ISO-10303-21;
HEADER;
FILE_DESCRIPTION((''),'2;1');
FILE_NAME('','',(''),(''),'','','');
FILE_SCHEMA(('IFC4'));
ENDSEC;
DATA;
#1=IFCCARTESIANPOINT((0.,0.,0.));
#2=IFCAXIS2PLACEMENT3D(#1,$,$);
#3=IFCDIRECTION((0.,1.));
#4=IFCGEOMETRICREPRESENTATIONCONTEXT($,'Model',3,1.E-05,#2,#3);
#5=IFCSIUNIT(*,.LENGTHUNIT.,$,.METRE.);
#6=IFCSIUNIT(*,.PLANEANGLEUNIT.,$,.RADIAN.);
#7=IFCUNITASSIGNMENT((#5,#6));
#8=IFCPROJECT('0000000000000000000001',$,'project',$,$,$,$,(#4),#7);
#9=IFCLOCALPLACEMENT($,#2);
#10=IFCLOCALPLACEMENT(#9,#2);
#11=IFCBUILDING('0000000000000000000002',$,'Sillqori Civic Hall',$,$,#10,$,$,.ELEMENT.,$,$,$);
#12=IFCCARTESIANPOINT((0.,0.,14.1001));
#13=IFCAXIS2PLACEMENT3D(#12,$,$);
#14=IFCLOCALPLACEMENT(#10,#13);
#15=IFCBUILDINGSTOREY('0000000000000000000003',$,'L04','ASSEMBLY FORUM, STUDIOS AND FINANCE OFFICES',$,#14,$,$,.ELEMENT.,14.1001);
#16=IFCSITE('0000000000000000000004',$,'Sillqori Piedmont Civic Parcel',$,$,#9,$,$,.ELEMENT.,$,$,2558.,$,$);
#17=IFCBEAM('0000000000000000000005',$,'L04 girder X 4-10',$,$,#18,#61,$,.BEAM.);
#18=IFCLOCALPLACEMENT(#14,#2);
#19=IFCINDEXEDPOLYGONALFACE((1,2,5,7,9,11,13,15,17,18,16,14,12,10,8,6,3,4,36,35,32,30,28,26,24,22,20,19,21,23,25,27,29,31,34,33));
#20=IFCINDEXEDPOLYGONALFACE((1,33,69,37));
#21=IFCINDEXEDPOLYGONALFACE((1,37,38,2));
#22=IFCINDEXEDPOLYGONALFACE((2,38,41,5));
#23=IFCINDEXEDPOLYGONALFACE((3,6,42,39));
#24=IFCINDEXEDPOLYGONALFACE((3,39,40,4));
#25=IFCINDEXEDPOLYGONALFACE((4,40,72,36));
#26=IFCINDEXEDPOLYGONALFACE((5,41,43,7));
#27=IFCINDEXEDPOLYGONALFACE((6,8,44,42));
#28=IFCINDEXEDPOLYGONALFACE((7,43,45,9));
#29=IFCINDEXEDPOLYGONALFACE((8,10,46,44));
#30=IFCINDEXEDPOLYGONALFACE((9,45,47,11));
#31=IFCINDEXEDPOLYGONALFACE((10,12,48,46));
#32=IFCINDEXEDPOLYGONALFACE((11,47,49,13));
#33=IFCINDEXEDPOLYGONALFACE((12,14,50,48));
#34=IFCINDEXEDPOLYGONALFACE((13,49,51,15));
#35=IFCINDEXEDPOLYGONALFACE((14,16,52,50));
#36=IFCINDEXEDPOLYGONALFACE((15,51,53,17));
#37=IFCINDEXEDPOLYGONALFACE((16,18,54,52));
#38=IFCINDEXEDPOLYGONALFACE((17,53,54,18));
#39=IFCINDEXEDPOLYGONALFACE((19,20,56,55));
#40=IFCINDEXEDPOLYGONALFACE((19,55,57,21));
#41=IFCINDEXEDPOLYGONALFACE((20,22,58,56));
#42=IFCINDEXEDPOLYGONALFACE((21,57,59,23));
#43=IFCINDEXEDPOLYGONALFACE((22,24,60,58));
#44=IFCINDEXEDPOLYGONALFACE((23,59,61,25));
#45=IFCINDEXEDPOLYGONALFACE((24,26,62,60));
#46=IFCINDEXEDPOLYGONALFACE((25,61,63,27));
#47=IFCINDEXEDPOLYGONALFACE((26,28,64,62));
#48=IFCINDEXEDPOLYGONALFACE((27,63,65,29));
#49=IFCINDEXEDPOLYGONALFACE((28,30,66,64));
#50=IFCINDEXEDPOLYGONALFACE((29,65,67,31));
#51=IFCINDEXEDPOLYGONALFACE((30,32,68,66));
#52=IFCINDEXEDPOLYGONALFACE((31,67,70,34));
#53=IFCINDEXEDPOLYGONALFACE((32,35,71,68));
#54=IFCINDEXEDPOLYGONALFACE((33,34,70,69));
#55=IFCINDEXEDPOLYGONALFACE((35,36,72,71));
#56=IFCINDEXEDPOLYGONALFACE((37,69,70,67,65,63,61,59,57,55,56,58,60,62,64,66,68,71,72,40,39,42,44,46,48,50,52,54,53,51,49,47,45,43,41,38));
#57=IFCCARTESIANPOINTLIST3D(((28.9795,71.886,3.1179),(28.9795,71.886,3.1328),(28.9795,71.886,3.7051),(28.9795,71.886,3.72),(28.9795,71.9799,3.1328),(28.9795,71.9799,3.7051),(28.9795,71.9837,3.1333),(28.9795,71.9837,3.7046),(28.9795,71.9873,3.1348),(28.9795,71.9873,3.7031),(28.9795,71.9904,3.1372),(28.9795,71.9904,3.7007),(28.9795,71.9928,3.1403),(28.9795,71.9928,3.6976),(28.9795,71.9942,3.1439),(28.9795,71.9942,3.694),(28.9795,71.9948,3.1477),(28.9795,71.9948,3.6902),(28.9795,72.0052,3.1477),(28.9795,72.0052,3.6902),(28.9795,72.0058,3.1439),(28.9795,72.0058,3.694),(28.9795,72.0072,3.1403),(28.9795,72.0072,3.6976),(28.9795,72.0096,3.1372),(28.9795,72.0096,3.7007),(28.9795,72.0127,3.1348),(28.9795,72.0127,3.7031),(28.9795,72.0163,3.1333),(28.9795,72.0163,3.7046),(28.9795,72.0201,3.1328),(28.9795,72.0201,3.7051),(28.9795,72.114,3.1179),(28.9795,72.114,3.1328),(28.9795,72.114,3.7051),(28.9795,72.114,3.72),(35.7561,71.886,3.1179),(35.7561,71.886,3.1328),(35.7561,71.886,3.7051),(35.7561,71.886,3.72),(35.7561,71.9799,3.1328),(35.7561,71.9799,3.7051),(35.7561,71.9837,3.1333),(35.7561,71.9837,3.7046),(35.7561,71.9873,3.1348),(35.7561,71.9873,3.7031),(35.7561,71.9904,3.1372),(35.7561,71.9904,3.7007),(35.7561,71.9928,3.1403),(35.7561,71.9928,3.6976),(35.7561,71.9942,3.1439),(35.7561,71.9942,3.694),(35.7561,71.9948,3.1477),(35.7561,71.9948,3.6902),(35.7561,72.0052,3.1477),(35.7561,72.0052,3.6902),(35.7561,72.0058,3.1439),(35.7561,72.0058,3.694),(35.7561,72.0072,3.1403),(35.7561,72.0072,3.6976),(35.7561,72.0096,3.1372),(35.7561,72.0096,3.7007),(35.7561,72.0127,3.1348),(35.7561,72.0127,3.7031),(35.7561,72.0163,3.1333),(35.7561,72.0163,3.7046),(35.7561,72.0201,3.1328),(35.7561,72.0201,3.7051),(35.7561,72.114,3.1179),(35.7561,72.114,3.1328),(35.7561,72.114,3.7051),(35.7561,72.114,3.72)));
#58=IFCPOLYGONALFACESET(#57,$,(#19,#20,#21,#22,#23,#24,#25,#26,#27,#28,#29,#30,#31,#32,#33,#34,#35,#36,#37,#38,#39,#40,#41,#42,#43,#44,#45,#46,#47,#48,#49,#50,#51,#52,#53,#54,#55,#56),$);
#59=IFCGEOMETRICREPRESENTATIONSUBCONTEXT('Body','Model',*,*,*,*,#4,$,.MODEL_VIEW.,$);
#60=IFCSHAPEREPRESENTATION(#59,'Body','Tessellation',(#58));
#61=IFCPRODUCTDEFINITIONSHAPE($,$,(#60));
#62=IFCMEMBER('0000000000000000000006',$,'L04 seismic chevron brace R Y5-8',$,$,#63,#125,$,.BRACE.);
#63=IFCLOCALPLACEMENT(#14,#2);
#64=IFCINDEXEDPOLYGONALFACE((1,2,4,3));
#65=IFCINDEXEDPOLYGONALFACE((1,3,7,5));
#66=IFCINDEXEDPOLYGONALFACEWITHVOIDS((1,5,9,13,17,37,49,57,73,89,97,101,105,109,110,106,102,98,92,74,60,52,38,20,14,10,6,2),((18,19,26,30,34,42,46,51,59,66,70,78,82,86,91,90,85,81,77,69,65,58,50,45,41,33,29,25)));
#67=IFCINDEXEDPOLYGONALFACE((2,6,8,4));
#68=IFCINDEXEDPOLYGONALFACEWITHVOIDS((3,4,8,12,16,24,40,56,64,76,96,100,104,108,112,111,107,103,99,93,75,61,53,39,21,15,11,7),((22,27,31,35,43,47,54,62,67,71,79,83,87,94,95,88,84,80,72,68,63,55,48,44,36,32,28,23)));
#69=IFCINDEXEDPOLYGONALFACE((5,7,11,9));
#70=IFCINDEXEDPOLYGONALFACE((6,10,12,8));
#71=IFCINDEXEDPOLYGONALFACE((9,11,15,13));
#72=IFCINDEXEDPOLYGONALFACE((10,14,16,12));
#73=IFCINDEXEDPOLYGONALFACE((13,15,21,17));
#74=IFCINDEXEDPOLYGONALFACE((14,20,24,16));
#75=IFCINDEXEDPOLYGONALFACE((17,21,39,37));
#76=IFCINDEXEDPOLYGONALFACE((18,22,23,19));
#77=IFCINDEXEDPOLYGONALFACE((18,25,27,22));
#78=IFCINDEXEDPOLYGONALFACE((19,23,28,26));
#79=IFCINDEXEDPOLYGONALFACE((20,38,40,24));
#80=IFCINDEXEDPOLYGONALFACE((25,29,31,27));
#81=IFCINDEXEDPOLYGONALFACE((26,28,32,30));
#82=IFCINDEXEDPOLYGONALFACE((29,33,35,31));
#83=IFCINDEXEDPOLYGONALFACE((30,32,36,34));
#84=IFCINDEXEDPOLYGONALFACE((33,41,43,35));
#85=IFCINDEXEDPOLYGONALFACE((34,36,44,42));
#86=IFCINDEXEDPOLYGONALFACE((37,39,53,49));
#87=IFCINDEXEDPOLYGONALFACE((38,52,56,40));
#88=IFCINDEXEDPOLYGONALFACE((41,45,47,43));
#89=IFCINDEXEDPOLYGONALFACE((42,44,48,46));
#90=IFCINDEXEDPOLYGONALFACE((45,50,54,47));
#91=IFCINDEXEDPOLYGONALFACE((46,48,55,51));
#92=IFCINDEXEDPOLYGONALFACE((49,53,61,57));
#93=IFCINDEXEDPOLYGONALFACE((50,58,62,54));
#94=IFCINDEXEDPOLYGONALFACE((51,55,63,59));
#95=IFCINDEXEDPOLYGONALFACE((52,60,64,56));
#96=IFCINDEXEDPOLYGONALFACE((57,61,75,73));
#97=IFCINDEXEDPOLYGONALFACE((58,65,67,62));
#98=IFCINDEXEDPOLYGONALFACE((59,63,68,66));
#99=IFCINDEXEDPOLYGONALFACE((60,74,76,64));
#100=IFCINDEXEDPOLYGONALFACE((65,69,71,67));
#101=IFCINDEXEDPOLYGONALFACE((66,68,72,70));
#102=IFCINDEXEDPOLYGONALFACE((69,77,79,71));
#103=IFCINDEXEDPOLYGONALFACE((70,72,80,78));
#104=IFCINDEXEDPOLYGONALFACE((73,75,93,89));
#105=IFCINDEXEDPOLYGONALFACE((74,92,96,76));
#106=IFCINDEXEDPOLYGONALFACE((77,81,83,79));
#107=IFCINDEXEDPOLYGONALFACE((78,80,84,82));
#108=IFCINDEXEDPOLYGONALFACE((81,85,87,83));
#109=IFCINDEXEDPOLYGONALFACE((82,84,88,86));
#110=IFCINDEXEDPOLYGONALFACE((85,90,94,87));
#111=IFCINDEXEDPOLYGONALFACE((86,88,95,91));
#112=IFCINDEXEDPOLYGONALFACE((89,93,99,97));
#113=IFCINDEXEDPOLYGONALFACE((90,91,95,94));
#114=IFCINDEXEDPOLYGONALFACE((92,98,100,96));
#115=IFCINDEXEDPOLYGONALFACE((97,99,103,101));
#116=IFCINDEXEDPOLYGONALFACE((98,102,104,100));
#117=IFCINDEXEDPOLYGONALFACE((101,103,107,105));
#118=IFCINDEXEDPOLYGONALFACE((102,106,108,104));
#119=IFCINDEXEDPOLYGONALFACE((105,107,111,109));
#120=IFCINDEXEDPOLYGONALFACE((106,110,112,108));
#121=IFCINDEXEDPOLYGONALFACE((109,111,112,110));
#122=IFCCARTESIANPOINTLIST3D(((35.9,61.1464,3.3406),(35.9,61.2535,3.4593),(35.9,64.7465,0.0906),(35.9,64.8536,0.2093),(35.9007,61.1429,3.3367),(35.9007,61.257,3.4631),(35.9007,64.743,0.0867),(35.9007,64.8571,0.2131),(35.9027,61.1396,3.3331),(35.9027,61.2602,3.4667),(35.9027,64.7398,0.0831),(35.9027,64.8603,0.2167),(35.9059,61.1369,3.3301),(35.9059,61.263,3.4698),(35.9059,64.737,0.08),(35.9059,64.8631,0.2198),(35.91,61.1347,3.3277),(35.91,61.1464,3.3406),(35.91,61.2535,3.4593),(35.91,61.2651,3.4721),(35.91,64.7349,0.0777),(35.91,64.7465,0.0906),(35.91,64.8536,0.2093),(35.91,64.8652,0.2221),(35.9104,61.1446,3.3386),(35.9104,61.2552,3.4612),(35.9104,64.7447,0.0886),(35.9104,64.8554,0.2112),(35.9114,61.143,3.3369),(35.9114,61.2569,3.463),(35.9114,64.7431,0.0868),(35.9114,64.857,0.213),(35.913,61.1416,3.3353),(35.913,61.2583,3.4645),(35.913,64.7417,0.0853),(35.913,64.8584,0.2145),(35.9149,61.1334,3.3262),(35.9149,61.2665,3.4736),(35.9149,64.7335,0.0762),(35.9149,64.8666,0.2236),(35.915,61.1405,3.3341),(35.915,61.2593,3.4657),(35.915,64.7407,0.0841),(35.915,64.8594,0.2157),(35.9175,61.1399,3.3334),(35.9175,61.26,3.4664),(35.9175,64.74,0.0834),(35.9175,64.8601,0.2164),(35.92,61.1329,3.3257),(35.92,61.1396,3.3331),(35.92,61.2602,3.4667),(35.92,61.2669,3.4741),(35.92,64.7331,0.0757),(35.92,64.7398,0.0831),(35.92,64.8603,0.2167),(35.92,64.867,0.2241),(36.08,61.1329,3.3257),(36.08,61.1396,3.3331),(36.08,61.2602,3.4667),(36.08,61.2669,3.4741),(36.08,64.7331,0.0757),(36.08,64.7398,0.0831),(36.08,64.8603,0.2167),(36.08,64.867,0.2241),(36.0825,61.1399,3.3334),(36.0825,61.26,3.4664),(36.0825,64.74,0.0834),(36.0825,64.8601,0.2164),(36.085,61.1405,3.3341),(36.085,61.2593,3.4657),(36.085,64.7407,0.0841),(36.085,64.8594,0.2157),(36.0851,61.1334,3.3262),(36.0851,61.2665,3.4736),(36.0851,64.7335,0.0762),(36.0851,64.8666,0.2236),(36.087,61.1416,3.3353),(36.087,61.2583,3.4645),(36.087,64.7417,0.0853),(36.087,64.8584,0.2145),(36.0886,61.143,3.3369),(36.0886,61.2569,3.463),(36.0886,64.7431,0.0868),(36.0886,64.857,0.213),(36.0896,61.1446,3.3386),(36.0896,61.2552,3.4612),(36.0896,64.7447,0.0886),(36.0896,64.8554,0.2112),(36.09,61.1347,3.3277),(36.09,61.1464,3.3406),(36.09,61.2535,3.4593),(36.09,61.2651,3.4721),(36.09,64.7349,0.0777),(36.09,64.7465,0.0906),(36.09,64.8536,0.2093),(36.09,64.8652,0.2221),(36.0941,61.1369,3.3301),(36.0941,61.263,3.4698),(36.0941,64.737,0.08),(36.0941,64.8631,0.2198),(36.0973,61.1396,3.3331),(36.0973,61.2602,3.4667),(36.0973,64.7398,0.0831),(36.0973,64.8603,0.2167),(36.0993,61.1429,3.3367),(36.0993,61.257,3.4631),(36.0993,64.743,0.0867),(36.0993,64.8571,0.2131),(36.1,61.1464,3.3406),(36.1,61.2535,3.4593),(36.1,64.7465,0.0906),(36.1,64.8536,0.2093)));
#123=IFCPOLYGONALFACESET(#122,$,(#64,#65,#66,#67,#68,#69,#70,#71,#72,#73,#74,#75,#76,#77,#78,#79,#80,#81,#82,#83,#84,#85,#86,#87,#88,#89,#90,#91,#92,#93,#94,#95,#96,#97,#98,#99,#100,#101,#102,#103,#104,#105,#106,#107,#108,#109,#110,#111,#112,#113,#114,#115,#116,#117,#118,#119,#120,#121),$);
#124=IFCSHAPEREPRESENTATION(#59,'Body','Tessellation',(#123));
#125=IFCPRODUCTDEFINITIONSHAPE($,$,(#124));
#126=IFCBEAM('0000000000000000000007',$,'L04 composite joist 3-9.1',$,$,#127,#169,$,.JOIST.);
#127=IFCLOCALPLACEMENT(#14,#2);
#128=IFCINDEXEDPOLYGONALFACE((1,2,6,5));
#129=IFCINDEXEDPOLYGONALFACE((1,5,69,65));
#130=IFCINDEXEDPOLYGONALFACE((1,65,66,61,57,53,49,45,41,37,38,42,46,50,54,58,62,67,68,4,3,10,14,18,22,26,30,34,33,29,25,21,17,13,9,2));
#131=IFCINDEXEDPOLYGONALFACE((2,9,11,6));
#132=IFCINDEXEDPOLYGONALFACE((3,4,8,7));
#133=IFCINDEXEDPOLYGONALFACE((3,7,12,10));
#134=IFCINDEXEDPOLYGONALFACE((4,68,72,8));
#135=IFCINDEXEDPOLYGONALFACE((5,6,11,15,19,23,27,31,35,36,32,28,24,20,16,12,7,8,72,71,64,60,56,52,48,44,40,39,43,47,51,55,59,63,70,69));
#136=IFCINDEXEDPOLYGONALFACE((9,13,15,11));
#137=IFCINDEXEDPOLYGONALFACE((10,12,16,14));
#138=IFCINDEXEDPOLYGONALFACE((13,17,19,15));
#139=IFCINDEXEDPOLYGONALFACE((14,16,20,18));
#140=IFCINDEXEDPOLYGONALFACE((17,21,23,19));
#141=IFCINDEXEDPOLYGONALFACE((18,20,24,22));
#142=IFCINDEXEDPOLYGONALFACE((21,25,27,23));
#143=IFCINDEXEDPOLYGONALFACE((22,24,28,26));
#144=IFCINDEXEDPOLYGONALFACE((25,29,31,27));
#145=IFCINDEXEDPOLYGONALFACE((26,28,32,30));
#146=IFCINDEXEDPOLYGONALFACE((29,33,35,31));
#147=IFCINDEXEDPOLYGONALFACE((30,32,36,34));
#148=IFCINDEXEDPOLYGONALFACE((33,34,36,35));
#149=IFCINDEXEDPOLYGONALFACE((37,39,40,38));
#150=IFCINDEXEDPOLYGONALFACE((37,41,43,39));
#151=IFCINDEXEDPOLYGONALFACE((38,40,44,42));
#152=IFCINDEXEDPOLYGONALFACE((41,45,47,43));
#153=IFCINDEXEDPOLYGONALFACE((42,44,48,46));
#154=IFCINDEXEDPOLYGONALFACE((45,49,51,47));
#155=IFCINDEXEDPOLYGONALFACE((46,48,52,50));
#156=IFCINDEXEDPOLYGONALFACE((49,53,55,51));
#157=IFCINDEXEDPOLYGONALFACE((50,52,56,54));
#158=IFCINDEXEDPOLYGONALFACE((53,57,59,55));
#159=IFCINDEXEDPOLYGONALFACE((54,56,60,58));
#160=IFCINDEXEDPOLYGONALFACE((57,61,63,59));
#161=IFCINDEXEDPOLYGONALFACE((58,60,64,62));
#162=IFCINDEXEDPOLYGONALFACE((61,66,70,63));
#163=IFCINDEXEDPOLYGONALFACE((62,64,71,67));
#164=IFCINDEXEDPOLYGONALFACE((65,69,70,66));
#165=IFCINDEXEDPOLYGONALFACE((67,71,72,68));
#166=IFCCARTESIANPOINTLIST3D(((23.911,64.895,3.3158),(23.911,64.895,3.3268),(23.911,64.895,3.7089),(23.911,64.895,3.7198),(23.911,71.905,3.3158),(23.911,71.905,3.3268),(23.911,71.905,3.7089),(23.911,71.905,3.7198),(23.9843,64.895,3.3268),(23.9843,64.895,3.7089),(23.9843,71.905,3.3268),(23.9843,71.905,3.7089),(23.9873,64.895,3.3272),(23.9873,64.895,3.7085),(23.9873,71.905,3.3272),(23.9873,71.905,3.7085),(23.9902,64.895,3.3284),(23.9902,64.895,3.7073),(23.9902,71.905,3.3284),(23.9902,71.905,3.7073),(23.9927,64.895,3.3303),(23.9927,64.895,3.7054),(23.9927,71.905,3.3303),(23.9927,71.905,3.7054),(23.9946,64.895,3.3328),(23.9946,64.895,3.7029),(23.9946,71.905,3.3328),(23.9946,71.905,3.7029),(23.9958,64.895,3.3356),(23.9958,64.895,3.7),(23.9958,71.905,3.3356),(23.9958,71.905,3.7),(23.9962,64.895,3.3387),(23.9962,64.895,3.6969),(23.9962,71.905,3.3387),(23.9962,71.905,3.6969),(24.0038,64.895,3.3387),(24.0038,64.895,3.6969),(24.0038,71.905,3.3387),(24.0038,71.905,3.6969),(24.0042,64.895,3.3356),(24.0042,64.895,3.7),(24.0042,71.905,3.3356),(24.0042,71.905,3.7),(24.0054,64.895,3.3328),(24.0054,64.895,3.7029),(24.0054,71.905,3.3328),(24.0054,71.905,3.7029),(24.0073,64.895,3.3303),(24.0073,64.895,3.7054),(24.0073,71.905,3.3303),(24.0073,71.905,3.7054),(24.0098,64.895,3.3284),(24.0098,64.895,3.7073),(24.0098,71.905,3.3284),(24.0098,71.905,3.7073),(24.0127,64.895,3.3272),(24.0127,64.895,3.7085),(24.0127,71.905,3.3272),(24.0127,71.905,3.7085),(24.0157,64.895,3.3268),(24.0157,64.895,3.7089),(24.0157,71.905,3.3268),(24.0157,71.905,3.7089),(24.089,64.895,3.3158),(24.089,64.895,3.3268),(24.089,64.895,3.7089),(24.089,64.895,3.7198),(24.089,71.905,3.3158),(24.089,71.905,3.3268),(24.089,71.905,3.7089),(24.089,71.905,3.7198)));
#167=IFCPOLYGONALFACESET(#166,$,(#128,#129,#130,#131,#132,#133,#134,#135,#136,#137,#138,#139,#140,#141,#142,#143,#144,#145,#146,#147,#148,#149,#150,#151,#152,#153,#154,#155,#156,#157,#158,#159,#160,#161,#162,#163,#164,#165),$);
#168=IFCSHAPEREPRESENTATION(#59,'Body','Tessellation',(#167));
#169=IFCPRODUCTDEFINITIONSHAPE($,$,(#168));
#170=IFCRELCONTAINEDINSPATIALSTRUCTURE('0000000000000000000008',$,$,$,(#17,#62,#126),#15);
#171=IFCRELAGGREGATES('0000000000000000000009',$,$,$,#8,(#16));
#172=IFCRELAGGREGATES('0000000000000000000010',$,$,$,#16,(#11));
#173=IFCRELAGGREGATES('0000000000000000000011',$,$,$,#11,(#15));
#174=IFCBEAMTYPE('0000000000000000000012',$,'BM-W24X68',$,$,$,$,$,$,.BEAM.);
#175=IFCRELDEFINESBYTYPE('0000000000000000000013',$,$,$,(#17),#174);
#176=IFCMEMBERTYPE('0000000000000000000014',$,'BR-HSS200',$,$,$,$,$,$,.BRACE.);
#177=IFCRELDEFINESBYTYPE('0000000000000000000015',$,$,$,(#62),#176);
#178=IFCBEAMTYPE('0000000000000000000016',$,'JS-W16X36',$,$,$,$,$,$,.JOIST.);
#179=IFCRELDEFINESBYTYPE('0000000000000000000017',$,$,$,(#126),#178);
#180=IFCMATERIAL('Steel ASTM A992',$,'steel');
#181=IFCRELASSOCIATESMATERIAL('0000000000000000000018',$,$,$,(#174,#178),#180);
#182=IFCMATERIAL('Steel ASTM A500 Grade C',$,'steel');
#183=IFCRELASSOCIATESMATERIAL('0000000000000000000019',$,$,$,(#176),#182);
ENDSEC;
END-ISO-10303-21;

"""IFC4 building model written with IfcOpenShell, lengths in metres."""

from ifc_helpers import new_model, si_unit, direction, frame, origin, origin_2d, place, context, subcontext, project, spatial, hollow_rectangle, i_section, extrude, material, material_profile, profile_set, type_object, element, save


model = new_model("IFC4")

# Units and contexts
model_context = context("Model", 3, precision=1e-05, world=origin(), true_north=direction((0.0, 1.0)))
body_context = subcontext(model_context, "Body", "Model", "MODEL_VIEW")
ifc_project = project(units=[si_unit("LENGTHUNIT", "METRE"), si_unit("PLANEANGLEUNIT", "RADIAN")], contexts=[model_context])

# Site, building, storey
site_placement = place(None, origin())
site = spatial("IfcSite", under=ifc_project, at=site_placement, Name="Sillqori Piedmont Civic Parcel", CompositionType="ELEMENT", RefElevation=2558.0)
building_placement = place(site_placement, origin())
building = spatial("IfcBuilding", under=site, at=building_placement, Name="Sillqori Civic Hall", CompositionType="ELEMENT")
storey_placement = place(building_placement, frame((0.0, 0.0, 14.1001)))
storey = spatial("IfcBuildingStorey", under=building, at=storey_placement, Name="L04", Description="ASSEMBLY FORUM, STUDIOS AND FINANCE OFFICES", CompositionType="ELEMENT", Elevation=14.1001)

# Shared definitions
ifc_material_1 = material(Name="Steel ASTM A992", Category="steel")

# Beam
ifc_material_profile_1 = material_profile(ifc_material_1, i_section(OverallWidth=0.228, OverallDepth=0.6021, WebThickness=0.0105, FlangeThickness=0.0149, FilletRadius=0.0149, at=origin_2d()), Name="W24X68")
ifc_profile_set_1 = profile_set([ifc_material_profile_1], Name="Steel ASTM A992")
beam_type_1 = type_object("IfcBeamType", Name="BM-W24X68", PredefinedType="BEAM", material=ifc_profile_set_1)
for number, where, z_axis, x_axis, name in (
    (1, (28.9795, 72.0, 3.4189), (1.0, 0.0, 0.0), (0.0, 1.0, 0.0), "L04 girder X 4-10"),
):
    element("IfcBeam", number, at=place(storey_placement, frame(where, z_axis=z_axis, x_axis=x_axis)), inside=storey, type_object=beam_type_1, Name=name, PredefinedType="BEAM", context=body_context, shape_type="SweptSolid", body=[
        extrude(i_section(OverallWidth=0.228, OverallDepth=0.6021, WebThickness=0.0105, FlangeThickness=0.0149, FilletRadius=0.0149, at=origin_2d()), origin(), (0.0, 0.0, 1.0), 6.7766),
    ])

# Member
ifc_material_2 = material(Name="Steel ASTM A500 Grade C", Category="steel")
ifc_material_profile_2 = material_profile(ifc_material_2, hollow_rectangle(XDim=0.2, YDim=0.2, WallThickness=0.01, InnerFilletRadius=0.01, OuterFilletRadius=0.02, at=origin_2d()), Name="HSS200X200X10")
ifc_profile_set_2 = profile_set([ifc_material_profile_2], Name="Steel ASTM A500 Grade C")
member_type = type_object("IfcMemberType", Name="BR-HSS200", PredefinedType="BRACE", material=ifc_profile_set_2)
member_placement = place(storey_placement, frame((36.0, 64.8, 0.1499), z_axis=(0.0, -0.742277, 0.670093), x_axis=(1.0, 0.0, 0.0)))
element("IfcMember", 2, at=member_placement, inside=storey, type_object=member_type, Name="L04 seismic chevron brace R Y5-8", PredefinedType="BRACE", context=body_context, shape_type="SweptSolid", body=[
    extrude(hollow_rectangle(XDim=0.2, YDim=0.2, WallThickness=0.01, InnerFilletRadius=0.01, OuterFilletRadius=0.02, at=origin_2d()), origin(), (0.0, 0.0, 1.0), 4.8501),
])

# Beam
ifc_material_profile_3 = material_profile(ifc_material_1, i_section(OverallWidth=0.178, OverallDepth=0.4041, WebThickness=0.0076, FlangeThickness=0.011, FilletRadius=0.012, at=origin_2d()), Name="W16X36")
ifc_profile_set_3 = profile_set([ifc_material_profile_3], Name="Steel ASTM A992")
beam_type_2 = type_object("IfcBeamType", Name="JS-W16X36", PredefinedType="JOIST", material=ifc_profile_set_3)
for number, where, z_axis, x_axis, name in (
    (3, (24.0, 64.895, 3.5178), (0.0, 1.0, 0.0), (-1.0, 0.0, 0.0), "L04 composite joist 3-9.1"),
):
    element("IfcBeam", number, at=place(storey_placement, frame(where, z_axis=z_axis, x_axis=x_axis)), inside=storey, type_object=beam_type_2, Name=name, PredefinedType="JOIST", context=body_context, shape_type="SweptSolid", body=[
        extrude(i_section(OverallWidth=0.178, OverallDepth=0.4041, WebThickness=0.0076, FlangeThickness=0.011, FilletRadius=0.012, at=origin_2d()), origin(), (0.0, 0.0, 1.0), 7.01),
    ])

save(model, "model.ifc")
